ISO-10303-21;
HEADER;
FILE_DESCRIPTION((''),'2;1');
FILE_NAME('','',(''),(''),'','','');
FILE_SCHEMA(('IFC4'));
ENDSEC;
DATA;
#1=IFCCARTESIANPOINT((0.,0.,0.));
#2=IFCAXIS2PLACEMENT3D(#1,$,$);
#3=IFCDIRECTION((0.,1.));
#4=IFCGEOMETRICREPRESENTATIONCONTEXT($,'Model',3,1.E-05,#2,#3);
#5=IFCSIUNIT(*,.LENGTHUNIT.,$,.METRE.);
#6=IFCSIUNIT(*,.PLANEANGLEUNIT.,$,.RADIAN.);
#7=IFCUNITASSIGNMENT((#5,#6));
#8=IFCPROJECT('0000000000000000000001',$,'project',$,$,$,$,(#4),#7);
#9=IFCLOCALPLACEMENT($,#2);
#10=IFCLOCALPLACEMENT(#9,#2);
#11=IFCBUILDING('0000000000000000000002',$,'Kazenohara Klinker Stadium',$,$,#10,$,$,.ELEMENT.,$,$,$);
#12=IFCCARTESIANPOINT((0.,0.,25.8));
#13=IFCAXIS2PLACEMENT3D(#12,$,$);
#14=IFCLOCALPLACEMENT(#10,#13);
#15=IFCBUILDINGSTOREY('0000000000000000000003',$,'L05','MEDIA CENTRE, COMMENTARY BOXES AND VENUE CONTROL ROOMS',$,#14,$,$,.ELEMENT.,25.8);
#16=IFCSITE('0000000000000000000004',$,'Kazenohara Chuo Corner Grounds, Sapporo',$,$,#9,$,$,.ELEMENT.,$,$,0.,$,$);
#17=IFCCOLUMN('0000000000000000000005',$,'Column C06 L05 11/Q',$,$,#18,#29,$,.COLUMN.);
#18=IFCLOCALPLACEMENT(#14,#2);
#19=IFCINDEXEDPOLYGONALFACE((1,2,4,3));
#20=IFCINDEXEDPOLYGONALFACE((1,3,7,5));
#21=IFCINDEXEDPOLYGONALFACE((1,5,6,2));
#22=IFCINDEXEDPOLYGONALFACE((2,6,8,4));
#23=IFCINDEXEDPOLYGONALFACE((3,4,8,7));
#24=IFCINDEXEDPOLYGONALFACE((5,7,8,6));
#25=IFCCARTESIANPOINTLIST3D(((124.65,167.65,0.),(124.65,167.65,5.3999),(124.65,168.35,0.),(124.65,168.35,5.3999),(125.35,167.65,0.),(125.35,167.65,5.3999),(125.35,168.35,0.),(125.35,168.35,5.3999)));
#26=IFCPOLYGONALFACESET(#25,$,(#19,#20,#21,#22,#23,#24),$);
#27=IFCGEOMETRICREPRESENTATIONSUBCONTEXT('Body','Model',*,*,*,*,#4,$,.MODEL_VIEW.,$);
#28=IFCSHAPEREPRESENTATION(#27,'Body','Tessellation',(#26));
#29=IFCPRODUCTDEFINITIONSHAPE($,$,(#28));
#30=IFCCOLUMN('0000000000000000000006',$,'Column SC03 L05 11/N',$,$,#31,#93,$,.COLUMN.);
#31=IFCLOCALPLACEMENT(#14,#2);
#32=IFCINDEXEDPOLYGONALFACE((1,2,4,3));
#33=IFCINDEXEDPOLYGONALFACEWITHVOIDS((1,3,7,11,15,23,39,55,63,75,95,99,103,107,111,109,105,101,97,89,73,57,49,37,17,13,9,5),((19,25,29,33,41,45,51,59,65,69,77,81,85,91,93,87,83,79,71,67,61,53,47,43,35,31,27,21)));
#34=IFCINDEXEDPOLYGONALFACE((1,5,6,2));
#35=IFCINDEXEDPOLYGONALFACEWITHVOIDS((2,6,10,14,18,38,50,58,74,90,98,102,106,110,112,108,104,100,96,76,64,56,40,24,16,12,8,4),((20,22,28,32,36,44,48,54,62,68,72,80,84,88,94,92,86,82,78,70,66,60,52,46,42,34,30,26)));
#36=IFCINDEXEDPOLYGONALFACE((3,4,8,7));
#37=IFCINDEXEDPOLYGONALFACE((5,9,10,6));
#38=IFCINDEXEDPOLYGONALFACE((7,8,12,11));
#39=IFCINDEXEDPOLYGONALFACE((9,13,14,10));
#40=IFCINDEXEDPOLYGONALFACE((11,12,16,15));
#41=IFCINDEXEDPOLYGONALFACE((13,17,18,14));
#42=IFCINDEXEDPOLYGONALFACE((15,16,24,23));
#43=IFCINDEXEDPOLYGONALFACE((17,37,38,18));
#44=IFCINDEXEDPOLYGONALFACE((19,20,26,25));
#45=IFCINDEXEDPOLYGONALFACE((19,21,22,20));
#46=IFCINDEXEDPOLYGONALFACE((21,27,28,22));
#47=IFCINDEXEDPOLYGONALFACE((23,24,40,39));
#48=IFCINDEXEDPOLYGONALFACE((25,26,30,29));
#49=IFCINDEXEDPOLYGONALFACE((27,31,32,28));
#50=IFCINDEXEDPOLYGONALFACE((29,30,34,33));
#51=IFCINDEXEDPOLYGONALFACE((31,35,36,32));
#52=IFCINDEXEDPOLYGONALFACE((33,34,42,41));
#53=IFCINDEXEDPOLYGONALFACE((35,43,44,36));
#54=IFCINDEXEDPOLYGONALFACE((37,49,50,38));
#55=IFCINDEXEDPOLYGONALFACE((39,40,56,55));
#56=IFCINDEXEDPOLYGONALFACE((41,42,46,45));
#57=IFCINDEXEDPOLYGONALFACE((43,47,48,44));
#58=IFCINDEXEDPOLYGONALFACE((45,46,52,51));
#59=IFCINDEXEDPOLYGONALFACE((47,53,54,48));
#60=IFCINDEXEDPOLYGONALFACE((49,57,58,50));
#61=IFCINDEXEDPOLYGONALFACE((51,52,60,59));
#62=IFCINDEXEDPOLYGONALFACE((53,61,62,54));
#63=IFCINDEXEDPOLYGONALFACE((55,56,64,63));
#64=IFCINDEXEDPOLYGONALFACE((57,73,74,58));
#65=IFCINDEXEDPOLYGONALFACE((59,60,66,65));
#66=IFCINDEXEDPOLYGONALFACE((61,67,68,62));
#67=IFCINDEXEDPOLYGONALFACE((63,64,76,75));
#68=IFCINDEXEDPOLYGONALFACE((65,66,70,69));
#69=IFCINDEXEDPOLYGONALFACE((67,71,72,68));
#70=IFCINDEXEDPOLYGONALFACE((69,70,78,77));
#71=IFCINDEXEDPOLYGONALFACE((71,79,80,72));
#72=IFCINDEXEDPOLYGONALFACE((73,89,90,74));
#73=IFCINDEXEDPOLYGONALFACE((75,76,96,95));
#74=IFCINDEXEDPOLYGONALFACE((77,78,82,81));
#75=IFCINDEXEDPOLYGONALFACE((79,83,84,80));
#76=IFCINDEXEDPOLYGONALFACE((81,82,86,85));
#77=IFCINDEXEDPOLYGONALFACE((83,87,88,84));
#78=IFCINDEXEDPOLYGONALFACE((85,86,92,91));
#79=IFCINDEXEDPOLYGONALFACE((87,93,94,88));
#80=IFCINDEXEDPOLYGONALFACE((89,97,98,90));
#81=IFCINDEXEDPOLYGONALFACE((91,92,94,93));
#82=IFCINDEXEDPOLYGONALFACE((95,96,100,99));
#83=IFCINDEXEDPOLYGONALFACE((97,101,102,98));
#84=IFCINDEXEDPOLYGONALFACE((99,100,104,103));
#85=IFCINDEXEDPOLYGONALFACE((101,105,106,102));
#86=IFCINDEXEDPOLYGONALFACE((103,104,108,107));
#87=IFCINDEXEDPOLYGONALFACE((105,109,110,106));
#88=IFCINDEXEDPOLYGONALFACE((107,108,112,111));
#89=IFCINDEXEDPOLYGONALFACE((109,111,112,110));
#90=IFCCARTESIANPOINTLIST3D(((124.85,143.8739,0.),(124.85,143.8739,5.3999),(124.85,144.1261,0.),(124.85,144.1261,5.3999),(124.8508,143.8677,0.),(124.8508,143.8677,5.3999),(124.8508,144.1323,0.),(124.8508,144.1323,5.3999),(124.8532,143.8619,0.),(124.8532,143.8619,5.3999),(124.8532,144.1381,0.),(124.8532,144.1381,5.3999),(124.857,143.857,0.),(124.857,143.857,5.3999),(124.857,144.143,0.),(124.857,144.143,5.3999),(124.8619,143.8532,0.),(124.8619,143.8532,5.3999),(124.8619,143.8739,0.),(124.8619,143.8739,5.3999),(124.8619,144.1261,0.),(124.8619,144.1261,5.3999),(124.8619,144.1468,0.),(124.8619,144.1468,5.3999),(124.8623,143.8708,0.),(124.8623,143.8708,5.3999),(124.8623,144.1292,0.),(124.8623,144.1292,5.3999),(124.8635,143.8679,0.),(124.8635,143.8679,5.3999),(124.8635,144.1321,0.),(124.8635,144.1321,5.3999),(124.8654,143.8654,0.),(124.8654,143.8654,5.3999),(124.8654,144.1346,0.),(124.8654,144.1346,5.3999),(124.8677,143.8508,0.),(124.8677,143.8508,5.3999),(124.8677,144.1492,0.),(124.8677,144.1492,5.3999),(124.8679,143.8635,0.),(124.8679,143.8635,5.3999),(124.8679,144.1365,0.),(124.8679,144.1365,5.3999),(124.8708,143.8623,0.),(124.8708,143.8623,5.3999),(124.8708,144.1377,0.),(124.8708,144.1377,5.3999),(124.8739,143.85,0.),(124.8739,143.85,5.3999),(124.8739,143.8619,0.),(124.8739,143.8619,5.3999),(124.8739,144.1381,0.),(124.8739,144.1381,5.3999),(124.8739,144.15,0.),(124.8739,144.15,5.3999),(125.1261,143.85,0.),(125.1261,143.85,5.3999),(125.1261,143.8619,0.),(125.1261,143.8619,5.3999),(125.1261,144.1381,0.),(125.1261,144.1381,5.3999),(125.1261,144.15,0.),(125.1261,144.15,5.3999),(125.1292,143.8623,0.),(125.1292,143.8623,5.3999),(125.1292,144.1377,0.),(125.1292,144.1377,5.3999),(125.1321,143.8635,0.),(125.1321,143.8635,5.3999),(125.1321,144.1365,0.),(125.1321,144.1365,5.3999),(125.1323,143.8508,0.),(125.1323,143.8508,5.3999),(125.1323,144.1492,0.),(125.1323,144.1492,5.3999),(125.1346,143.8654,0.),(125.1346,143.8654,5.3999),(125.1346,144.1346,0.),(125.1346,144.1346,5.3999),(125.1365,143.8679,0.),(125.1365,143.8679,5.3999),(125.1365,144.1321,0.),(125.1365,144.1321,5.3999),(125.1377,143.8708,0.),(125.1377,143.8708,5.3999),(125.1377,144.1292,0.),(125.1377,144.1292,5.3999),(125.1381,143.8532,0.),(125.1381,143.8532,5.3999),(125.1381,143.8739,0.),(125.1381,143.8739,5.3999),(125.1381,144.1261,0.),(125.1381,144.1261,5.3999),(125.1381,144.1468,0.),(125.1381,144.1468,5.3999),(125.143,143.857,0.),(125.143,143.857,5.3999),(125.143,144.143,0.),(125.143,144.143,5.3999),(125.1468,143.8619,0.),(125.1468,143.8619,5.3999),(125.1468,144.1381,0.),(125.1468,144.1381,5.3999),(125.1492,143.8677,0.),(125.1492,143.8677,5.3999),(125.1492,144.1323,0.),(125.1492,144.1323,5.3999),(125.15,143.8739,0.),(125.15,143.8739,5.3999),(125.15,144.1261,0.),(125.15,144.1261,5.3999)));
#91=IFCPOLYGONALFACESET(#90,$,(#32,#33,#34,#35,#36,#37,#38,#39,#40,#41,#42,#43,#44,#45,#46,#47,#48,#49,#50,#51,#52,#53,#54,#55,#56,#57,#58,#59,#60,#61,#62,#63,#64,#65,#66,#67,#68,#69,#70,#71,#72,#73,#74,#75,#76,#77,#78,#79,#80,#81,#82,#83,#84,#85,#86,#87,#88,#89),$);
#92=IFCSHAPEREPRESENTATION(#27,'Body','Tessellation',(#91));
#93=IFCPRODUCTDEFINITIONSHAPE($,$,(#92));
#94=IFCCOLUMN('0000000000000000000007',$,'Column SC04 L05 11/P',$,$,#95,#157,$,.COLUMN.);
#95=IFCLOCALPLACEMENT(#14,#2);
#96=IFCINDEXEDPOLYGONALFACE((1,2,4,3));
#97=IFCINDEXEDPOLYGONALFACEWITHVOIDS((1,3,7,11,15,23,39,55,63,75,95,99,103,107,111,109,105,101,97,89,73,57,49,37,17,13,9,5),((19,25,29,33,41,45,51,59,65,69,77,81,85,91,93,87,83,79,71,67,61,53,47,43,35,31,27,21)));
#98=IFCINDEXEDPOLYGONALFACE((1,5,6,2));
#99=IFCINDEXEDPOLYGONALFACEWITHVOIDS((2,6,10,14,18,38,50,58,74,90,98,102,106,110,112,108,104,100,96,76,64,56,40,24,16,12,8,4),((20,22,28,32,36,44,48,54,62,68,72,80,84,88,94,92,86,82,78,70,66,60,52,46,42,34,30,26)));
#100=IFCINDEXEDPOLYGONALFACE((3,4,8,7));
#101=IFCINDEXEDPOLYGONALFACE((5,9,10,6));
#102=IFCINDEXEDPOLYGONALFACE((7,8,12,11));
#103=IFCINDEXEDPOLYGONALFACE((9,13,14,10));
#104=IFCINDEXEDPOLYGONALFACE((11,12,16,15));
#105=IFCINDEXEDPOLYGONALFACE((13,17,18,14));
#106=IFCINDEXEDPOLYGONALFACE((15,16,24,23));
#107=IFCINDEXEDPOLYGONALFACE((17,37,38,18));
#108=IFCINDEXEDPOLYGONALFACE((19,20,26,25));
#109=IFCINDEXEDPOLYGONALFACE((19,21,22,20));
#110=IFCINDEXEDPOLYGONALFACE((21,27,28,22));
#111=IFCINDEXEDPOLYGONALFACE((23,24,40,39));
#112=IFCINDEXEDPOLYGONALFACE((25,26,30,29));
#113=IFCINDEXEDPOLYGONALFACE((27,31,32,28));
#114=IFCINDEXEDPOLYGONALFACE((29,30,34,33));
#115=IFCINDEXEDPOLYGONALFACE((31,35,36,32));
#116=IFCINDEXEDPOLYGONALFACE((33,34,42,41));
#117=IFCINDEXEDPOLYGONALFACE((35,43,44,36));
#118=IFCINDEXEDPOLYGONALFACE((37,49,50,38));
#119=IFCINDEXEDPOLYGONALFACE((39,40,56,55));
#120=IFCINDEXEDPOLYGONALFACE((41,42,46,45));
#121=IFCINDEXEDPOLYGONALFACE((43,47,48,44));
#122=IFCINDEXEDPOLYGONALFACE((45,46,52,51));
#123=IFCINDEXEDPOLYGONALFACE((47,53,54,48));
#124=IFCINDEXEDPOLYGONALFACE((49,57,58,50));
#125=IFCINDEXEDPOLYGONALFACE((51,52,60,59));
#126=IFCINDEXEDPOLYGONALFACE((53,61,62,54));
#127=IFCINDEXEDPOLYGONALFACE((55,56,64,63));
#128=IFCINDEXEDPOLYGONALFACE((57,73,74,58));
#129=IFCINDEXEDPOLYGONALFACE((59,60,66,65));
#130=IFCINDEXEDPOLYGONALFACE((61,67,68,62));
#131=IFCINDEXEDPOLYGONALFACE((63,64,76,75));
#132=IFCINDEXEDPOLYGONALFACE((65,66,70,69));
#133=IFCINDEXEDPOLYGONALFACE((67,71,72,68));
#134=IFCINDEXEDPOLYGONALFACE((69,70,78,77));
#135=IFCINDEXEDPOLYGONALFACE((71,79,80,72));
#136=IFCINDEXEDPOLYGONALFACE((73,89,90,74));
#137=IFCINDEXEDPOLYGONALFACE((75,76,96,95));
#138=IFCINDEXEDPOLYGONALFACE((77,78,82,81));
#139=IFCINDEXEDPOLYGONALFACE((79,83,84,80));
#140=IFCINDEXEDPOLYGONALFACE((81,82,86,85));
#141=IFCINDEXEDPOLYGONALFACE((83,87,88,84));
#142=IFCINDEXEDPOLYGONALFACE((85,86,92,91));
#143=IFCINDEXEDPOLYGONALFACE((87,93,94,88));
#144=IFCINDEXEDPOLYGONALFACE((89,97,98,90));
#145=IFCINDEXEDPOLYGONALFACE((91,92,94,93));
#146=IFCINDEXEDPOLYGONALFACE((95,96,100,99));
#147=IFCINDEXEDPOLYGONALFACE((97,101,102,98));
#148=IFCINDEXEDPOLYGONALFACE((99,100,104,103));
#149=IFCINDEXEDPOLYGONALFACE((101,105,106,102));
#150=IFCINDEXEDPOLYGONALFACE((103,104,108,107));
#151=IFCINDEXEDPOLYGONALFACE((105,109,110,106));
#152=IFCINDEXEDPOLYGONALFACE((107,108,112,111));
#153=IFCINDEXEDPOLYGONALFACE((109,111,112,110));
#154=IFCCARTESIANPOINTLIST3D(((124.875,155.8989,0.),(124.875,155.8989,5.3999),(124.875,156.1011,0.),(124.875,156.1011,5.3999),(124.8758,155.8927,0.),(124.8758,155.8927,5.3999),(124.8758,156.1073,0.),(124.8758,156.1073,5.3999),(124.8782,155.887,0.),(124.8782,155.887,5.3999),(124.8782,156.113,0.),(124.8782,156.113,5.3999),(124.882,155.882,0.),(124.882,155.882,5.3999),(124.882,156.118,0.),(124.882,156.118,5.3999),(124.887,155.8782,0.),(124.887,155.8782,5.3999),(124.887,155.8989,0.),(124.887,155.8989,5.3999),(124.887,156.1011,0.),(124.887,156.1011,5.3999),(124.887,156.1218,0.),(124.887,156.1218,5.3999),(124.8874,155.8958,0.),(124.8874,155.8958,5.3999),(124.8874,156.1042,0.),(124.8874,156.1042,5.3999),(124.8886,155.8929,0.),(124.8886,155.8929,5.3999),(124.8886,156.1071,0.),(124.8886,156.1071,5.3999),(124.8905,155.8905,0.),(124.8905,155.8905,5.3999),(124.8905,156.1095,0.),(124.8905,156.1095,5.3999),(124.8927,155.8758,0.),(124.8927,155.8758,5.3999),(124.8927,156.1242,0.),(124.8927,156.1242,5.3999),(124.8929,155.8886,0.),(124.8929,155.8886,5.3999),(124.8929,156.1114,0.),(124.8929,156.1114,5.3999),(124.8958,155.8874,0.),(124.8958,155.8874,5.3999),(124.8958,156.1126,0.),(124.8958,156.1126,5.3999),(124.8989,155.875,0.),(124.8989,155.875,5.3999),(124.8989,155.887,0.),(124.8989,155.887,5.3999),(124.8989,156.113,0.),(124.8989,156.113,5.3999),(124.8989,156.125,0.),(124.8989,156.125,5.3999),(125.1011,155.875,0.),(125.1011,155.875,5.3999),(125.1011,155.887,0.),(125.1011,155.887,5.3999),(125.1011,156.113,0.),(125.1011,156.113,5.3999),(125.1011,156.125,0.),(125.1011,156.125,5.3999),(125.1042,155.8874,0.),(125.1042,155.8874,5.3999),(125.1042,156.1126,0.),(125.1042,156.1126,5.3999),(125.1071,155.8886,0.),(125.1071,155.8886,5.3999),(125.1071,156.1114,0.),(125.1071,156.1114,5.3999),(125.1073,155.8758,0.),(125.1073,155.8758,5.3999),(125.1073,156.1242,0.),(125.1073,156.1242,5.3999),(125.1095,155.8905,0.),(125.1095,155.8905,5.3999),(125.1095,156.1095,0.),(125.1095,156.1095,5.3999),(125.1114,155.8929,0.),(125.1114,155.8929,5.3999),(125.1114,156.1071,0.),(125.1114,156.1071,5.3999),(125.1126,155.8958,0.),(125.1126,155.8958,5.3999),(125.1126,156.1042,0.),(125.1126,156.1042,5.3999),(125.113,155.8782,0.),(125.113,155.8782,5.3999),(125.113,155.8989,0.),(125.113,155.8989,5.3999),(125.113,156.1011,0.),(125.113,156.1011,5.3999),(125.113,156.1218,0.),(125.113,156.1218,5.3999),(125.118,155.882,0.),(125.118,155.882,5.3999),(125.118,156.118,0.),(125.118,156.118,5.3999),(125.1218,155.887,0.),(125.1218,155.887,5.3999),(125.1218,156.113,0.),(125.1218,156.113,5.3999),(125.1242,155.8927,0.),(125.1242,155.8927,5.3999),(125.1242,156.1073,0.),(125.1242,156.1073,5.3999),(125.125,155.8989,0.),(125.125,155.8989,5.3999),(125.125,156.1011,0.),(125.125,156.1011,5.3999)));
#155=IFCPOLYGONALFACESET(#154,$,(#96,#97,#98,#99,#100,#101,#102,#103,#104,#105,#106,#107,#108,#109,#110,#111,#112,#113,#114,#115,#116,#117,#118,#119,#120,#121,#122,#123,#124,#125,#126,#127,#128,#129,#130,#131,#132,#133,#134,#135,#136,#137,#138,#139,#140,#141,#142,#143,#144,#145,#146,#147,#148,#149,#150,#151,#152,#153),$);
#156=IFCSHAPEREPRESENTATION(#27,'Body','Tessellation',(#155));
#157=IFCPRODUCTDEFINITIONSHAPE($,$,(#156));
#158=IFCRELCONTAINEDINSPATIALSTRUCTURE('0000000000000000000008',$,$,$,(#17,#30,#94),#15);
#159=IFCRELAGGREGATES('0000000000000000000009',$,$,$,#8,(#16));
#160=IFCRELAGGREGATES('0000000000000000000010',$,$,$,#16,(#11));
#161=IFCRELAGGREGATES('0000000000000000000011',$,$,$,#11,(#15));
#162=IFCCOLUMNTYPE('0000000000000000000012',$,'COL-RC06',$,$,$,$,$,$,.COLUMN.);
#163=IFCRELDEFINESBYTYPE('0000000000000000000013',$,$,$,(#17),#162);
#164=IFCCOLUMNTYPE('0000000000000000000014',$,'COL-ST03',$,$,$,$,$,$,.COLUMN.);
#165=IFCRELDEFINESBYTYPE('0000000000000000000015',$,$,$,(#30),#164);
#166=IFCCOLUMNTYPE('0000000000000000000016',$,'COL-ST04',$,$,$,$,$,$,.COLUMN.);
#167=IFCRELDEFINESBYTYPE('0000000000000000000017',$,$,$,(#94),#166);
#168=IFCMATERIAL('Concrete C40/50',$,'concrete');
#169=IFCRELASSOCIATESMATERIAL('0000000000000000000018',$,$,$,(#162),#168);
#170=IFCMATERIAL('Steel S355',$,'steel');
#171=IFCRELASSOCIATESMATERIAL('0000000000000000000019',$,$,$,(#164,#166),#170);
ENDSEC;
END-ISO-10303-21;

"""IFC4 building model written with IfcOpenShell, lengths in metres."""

from ifc_helpers import new_model, si_unit, direction, frame, origin, origin_2d, place, context, subcontext, project, spatial, rectangle, hollow_rectangle, extrude, material, material_profile, profile_set, type_object, element, save


model = new_model("IFC4")

# Units and contexts
model_context = context("Model", 3, precision=1e-05, world=origin(), true_north=direction((0.0, 1.0)))
body_context = subcontext(model_context, "Body", "Model", "MODEL_VIEW")
ifc_project = project(units=[si_unit("LENGTHUNIT", "METRE"), si_unit("PLANEANGLEUNIT", "RADIAN")], contexts=[model_context])

# Site, building, storey
site_placement = place(None, origin())
site = spatial("IfcSite", under=ifc_project, at=site_placement, Name="Kazenohara Chuo Corner Grounds, Sapporo", CompositionType="ELEMENT", RefElevation=0.0)
building_placement = place(site_placement, origin())
building = spatial("IfcBuilding", under=site, at=building_placement, Name="Kazenohara Klinker Stadium", CompositionType="ELEMENT")
storey_placement = place(building_placement, frame((0.0, 0.0, 25.8)))
storey = spatial("IfcBuildingStorey", under=building, at=storey_placement, Name="L05", Description="MEDIA CENTRE, COMMENTARY BOXES AND VENUE CONTROL ROOMS", CompositionType="ELEMENT", Elevation=25.8)

# Columns
ifc_material_1 = material(Name="Concrete C40/50", Category="concrete")
ifc_material_profile_1 = material_profile(ifc_material_1, rectangle(XDim=0.7, YDim=0.7, at=origin_2d()), Name="RC-COL-700x700")
ifc_profile_set_1 = profile_set([ifc_material_profile_1], Name="Concrete C40/50")
column_type_1 = type_object("IfcColumnType", Name="COL-RC06", PredefinedType="COLUMN", material=ifc_profile_set_1)
column_1_placement = place(storey_placement, frame((125.0, 168.0, 0.0), z_axis=(0.0, 0.0, 1.0), x_axis=(1.0, 0.0, 0.0)))
element("IfcColumn", 1, at=column_1_placement, inside=storey, type_object=column_type_1, Name="Column C06 L05 11/Q", PredefinedType="COLUMN", context=body_context, shape_type="SweptSolid", body=[
    extrude(rectangle(XDim=0.7, YDim=0.7, at=origin_2d()), origin(), (0.0, 0.0, 1.0), 5.3999),
])
ifc_material_2 = material(Name="Steel S355", Category="steel")
ifc_material_profile_2 = material_profile(ifc_material_2, hollow_rectangle(XDim=0.3, YDim=0.3, WallThickness=0.012, InnerFilletRadius=0.012, OuterFilletRadius=0.0239, at=origin_2d()), Name="SHS-300x300x12")
ifc_profile_set_2 = profile_set([ifc_material_profile_2], Name="Steel S355")
column_type_2 = type_object("IfcColumnType", Name="COL-ST03", PredefinedType="COLUMN", material=ifc_profile_set_2)
column_2_placement = place(storey_placement, frame((125.0, 144.0, 0.0), z_axis=(0.0, 0.0, 1.0), x_axis=(1.0, 0.0, 0.0)))
element("IfcColumn", 2, at=column_2_placement, inside=storey, type_object=column_type_2, Name="Column SC03 L05 11/N", PredefinedType="COLUMN", context=body_context, shape_type="SweptSolid", body=[
    extrude(hollow_rectangle(XDim=0.3, YDim=0.3, WallThickness=0.012, InnerFilletRadius=0.012, OuterFilletRadius=0.0239, at=origin_2d()), origin(), (0.0, 0.0, 1.0), 5.3999),
])
ifc_material_profile_3 = material_profile(ifc_material_2, hollow_rectangle(XDim=0.25, YDim=0.25, WallThickness=0.012, InnerFilletRadius=0.012, OuterFilletRadius=0.0239, at=origin_2d()), Name="SHS-250x250x12")
ifc_profile_set_3 = profile_set([ifc_material_profile_3], Name="Steel S355")
column_type_3 = type_object("IfcColumnType", Name="COL-ST04", PredefinedType="COLUMN", material=ifc_profile_set_3)
for number, where, z_axis, x_axis, name in (
    (3, (125.0, 156.0, 0.0), (0.0, 0.0, 1.0), (1.0, 0.0, 0.0), "Column SC04 L05 11/P"),
):
    element("IfcColumn", number, at=place(storey_placement, frame(where, z_axis=z_axis, x_axis=x_axis)), inside=storey, type_object=column_type_3, Name=name, PredefinedType="COLUMN", context=body_context, shape_type="SweptSolid", body=[
        extrude(hollow_rectangle(XDim=0.25, YDim=0.25, WallThickness=0.012, InnerFilletRadius=0.012, OuterFilletRadius=0.0239, at=origin_2d()), origin(), (0.0, 0.0, 1.0), 5.3999),
    ])

save(model, "model.ifc")
